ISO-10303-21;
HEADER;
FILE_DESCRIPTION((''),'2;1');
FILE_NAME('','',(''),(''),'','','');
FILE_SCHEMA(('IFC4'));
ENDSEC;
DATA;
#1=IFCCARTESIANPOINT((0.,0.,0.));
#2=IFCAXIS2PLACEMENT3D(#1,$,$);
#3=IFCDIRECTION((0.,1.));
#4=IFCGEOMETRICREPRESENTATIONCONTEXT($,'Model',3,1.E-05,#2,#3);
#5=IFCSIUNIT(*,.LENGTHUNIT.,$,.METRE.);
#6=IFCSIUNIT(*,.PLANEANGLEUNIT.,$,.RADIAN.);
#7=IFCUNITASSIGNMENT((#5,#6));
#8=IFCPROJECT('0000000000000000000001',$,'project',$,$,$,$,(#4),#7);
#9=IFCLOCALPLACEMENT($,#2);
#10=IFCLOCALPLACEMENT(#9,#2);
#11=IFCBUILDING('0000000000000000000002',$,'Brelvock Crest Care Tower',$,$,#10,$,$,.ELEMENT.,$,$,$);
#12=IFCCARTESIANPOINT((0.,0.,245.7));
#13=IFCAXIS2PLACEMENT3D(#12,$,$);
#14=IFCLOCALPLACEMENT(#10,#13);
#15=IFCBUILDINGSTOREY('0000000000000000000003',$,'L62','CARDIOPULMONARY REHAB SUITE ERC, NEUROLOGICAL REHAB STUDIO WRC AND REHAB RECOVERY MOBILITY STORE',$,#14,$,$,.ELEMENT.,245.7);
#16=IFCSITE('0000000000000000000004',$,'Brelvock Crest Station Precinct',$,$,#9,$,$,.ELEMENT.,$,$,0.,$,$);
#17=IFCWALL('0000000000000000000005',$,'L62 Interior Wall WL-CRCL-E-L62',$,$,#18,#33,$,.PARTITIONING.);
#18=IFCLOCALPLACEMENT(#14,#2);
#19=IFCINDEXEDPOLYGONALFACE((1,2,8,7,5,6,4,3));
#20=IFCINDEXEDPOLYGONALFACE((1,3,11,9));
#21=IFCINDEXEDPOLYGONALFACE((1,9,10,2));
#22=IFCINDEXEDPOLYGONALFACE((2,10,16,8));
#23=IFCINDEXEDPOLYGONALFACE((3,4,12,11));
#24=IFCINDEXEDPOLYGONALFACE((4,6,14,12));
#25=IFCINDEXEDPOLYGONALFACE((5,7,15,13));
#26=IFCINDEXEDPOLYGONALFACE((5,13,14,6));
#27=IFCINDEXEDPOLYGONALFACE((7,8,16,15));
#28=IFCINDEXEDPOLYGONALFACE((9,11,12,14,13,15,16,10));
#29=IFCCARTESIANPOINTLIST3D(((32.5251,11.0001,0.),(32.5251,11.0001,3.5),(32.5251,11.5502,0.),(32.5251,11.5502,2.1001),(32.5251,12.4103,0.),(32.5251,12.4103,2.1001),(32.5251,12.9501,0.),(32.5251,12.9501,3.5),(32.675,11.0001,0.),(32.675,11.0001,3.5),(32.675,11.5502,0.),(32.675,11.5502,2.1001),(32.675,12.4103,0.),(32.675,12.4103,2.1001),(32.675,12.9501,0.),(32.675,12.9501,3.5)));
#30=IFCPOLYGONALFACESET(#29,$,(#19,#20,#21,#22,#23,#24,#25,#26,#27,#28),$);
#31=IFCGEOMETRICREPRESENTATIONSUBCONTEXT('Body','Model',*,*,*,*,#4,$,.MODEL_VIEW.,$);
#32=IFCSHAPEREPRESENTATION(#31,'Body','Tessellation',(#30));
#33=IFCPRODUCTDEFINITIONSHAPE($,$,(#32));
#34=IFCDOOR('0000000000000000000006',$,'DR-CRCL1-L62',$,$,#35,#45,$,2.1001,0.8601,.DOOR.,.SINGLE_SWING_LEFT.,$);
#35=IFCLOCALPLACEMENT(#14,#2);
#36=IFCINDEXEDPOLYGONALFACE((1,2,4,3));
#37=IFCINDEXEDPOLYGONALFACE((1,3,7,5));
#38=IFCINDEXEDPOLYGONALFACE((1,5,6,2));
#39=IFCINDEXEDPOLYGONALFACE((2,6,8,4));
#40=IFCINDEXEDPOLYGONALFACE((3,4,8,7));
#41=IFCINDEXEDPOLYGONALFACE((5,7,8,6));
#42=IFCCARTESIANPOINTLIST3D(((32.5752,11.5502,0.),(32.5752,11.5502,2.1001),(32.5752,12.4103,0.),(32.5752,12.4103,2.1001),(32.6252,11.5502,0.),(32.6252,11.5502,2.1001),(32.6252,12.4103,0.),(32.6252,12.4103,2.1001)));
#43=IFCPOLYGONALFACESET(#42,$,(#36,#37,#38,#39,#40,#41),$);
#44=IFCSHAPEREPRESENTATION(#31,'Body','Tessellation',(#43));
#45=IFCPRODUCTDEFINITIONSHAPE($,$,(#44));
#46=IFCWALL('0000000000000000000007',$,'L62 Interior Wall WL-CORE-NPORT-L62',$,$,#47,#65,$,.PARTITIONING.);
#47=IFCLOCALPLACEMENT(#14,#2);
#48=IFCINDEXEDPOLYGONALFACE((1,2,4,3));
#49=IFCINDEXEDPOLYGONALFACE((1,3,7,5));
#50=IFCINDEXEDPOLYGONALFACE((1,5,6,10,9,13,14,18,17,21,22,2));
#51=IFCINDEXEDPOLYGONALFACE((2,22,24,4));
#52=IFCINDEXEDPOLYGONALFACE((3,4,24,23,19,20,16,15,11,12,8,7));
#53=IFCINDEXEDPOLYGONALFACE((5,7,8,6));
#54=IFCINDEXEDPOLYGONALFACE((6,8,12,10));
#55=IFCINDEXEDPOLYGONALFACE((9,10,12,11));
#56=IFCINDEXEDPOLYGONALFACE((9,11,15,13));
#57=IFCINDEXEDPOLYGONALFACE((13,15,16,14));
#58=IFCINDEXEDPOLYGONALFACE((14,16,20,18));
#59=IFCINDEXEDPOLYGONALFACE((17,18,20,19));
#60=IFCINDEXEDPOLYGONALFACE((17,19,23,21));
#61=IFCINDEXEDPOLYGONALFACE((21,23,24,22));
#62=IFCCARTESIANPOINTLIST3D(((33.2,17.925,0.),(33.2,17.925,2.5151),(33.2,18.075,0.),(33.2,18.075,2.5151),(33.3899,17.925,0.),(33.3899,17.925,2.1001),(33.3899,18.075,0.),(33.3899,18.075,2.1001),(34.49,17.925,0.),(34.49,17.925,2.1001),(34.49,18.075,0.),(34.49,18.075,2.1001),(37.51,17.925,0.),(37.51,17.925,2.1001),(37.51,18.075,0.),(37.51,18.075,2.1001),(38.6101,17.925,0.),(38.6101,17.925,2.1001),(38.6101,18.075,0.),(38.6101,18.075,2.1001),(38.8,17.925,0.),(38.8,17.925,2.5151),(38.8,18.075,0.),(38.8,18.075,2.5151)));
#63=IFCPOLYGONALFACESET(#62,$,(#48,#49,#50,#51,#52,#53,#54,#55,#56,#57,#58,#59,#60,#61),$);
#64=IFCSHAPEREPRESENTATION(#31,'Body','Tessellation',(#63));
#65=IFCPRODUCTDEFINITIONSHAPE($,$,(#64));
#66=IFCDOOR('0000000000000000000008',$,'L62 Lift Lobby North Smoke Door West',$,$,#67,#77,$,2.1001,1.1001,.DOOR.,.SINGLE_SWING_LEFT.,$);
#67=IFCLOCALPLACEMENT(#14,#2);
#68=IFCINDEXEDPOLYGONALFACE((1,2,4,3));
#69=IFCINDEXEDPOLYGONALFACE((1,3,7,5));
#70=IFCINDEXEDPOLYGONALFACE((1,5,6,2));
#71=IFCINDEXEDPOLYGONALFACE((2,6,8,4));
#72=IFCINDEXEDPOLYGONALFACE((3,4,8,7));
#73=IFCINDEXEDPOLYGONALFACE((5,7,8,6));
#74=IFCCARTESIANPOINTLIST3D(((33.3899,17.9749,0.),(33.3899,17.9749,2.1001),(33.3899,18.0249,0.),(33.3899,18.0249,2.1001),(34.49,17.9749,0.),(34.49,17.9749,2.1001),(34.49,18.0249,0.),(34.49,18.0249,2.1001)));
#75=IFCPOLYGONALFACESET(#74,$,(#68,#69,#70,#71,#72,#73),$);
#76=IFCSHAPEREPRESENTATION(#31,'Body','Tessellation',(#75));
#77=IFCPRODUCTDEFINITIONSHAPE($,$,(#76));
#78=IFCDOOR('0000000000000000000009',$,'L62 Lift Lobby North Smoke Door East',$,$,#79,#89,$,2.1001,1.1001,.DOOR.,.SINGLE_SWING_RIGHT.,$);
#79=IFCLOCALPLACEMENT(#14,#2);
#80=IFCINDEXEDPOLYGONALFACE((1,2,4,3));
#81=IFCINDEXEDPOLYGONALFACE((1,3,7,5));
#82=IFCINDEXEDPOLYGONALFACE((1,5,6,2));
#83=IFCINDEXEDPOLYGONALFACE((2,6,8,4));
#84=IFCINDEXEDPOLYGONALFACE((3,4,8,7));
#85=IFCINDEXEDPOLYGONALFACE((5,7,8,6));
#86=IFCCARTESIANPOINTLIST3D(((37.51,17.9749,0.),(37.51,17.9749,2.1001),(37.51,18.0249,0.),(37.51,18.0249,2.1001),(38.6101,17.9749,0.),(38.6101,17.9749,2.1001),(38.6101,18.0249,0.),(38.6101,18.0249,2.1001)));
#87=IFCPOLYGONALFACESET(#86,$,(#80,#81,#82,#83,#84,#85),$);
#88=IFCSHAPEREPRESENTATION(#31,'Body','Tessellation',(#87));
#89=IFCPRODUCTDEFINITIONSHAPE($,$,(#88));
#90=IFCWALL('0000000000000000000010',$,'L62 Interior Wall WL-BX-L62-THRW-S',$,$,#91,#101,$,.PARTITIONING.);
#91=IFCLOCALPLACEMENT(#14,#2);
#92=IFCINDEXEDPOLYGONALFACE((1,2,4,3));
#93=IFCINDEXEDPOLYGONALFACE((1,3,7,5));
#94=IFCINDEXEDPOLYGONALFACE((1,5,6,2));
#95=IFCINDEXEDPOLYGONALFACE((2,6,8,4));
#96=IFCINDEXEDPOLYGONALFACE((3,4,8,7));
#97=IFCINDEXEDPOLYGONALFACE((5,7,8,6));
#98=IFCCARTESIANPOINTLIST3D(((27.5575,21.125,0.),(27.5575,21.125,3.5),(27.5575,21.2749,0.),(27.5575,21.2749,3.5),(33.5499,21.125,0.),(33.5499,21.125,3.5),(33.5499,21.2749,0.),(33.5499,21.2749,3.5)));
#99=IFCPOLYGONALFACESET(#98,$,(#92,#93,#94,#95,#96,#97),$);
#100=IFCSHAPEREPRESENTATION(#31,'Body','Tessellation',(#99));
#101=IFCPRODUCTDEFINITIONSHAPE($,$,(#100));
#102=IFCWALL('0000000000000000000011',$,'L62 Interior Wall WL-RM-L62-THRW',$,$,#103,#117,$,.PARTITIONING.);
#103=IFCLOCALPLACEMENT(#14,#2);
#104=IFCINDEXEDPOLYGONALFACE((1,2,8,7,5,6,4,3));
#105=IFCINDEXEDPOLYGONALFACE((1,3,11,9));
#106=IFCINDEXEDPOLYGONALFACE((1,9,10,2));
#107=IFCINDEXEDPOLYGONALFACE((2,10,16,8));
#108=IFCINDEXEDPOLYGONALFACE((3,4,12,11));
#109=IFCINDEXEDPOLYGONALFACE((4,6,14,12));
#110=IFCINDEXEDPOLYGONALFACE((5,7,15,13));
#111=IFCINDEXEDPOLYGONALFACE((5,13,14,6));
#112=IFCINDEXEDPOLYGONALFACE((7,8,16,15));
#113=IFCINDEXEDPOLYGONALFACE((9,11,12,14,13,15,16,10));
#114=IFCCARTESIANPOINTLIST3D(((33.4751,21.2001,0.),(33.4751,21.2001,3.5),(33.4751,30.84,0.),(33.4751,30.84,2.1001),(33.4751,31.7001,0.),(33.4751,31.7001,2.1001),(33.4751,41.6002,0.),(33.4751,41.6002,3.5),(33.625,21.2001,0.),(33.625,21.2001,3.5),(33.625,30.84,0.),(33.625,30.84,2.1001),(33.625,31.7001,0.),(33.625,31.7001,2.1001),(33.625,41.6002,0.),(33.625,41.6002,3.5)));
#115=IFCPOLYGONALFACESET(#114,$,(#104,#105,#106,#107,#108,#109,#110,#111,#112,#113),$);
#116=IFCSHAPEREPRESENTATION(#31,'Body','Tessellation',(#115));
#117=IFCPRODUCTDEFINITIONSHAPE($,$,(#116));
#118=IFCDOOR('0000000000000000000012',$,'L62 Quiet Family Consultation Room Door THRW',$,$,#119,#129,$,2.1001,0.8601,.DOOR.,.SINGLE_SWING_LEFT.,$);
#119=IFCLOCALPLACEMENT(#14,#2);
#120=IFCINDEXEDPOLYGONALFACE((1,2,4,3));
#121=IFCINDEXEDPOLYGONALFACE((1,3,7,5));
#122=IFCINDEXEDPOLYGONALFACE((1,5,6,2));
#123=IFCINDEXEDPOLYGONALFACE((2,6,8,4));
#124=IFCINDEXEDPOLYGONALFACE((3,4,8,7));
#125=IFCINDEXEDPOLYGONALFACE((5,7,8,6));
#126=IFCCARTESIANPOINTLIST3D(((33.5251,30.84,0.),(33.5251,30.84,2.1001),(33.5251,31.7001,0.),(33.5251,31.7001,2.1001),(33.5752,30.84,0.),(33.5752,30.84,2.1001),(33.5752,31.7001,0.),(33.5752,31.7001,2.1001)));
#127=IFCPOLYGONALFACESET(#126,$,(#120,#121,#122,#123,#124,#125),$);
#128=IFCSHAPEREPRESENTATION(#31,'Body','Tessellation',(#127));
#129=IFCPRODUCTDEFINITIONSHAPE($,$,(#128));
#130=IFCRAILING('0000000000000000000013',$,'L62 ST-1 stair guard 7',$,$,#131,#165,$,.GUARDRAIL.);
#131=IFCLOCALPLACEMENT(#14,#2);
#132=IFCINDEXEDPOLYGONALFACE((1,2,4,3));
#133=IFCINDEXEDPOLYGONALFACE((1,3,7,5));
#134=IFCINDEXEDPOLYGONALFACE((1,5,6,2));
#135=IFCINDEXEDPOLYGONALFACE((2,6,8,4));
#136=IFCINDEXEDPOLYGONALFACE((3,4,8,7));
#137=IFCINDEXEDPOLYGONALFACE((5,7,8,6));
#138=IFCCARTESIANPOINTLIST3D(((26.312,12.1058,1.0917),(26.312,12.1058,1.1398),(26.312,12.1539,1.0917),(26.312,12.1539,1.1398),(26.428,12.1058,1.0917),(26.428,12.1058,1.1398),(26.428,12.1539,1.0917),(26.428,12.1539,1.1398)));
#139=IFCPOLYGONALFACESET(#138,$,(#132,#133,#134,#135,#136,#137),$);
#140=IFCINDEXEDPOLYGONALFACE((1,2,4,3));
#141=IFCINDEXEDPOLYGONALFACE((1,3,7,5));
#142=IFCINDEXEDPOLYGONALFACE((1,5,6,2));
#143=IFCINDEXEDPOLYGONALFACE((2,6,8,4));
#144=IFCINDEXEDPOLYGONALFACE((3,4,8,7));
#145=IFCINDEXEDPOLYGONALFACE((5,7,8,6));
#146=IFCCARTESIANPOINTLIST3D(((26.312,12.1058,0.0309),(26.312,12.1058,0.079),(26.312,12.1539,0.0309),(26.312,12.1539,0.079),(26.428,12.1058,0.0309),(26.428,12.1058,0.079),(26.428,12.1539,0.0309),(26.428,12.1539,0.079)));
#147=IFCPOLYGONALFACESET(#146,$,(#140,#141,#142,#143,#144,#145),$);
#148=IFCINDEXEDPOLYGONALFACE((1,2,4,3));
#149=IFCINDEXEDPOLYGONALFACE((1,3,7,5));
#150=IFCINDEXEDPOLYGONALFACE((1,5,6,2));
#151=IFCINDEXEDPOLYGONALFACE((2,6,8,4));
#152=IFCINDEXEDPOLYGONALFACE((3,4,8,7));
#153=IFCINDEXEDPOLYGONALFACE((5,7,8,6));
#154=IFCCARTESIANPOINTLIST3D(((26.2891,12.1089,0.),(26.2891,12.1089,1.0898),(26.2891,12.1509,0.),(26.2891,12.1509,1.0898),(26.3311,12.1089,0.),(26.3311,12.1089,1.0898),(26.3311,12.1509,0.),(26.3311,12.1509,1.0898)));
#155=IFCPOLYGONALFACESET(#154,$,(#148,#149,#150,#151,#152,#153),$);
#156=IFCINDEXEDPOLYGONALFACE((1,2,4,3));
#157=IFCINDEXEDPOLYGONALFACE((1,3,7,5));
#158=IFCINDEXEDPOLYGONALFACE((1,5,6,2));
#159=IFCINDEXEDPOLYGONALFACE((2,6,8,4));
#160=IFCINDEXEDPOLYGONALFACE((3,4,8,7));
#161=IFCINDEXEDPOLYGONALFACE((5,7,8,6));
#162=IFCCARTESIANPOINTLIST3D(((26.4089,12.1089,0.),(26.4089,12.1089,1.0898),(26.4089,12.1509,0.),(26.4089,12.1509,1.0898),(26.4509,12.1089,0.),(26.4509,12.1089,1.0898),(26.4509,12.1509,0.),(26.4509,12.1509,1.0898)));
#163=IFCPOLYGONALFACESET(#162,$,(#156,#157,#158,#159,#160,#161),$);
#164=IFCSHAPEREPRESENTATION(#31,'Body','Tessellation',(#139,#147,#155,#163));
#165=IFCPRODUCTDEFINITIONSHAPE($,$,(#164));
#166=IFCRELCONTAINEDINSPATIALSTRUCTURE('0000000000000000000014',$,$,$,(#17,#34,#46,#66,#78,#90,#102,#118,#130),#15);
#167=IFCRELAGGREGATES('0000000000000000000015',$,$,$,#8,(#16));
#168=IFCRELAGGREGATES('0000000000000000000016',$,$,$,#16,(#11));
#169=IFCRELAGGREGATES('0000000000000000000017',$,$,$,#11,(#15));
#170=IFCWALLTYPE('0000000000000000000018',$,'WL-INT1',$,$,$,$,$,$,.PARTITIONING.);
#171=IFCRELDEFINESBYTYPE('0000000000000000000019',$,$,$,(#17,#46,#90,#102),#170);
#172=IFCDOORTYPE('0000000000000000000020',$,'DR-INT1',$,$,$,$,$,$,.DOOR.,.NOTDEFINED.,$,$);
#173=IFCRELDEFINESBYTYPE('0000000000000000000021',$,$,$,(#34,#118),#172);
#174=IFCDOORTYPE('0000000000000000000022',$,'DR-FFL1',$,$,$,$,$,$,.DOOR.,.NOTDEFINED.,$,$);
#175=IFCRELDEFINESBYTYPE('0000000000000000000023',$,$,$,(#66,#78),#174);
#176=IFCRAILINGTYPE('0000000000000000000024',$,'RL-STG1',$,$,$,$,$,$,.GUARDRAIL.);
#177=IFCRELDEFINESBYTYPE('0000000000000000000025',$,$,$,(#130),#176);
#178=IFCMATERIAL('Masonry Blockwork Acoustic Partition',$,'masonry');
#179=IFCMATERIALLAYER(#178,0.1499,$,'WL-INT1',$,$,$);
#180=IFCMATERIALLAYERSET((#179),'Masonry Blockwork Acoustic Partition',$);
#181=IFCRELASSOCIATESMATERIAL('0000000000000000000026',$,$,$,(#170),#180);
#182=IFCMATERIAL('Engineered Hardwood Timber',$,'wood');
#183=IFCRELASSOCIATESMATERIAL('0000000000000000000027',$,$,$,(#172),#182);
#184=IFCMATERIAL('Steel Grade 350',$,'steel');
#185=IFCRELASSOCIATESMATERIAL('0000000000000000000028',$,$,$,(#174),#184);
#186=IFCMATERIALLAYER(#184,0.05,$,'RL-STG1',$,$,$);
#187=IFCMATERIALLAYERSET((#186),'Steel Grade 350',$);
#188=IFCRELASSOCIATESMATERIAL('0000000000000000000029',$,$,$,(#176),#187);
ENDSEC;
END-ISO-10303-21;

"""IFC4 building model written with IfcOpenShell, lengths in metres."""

from ifc_helpers import new_model, si_unit, direction, frame, frame_2d, origin, origin_2d, place, context, subcontext, project, spatial, rectangle, extrude, source, transform, mapped, material, layer, layer_set, type_object, element, fill, save


model = new_model("IFC4")

# Units and contexts
model_context = context("Model", 3, precision=1e-05, world=origin(), true_north=direction((0.0, 1.0)))
body_context = subcontext(model_context, "Body", "Model", "MODEL_VIEW")
ifc_project = project(units=[si_unit("LENGTHUNIT", "METRE"), si_unit("PLANEANGLEUNIT", "RADIAN")], contexts=[model_context])

# Site, building, storey
site_placement = place(None, origin())
site = spatial("IfcSite", under=ifc_project, at=site_placement, Name="Brelvock Crest Station Precinct", CompositionType="ELEMENT", RefElevation=0.0)
building_placement = place(site_placement, origin())
building = spatial("IfcBuilding", under=site, at=building_placement, Name="Brelvock Crest Care Tower", CompositionType="ELEMENT")
storey_placement = place(building_placement, frame((0.0, 0.0, 245.7)))
storey = spatial("IfcBuildingStorey", under=building, at=storey_placement, Name="L62", Description="CARDIOPULMONARY REHAB SUITE ERC, NEUROLOGICAL REHAB STUDIO WRC AND REHAB RECOVERY MOBILITY STORE", CompositionType="ELEMENT", Elevation=245.7)

# Shared definitions
ifc_material_1 = material(Name="Steel Grade 350", Category="steel")

# Shared definitions
ifc_material_2 = material(Name="Masonry Blockwork Acoustic Partition", Category="masonry")
ifc_layer_1 = layer(ifc_material_2, 0.1499, Name="WL-INT1")
ifc_layer_set_1 = layer_set([ifc_layer_1], Name="Masonry Blockwork Acoustic Partition")
wall_type = type_object("IfcWallType", Name="WL-INT1", PredefinedType="PARTITIONING", material=ifc_layer_set_1)

# Wall, opening, door
wall_1_placement = place(storey_placement, frame((32.6001, 11.0, 0.0), z_axis=(0.0, 0.0, 1.0), x_axis=(0.0, 1.0, 0.0)))
wall_1 = element("IfcWall", 1, at=wall_1_placement, inside=storey, type_object=wall_type, Name="L62 Interior Wall WL-CRCL-E-L62", PredefinedType="PARTITIONING", context=body_context, shape_type="SweptSolid", body=[
    extrude(rectangle(XDim=1.95, YDim=0.1499, at=frame_2d((0.9751, 0.0))), origin(), (0.0, 0.0, 1.0), 3.5),
])
opening_1_placement = place(wall_1_placement, frame((0.55, 0.0, 0.0)))
opening_1 = element("IfcOpeningElement", 2, at=opening_1_placement, cuts=wall_1, PredefinedType="OPENING", context=body_context, shape_type="SweptSolid", body=[
    extrude(rectangle(XDim=0.8601, YDim=2.1001, at=origin_2d()), frame((0.4302, 0.085, 1.05), z_axis=(0.0, -1.0, 0.0), x_axis=(1.0, 0.0, 0.0)), (0.0, 0.0, 1.0), 0.1699),
])
ifc_material_3 = material(Name="Engineered Hardwood Timber", Category="wood")
door_type_1 = type_object("IfcDoorType", Name="DR-INT1", OperationType="NOTDEFINED", PredefinedType="DOOR", material=ifc_material_3)
shared_shape_1 = source(origin(), body_context, "Body", "SweptSolid", [
    extrude(rectangle(XDim=0.8601, YDim=2.1001, at=origin_2d()), frame((0.4302, 0.0249, 1.05), z_axis=(0.0, -1.0, 0.0), x_axis=(1.0, 0.0, 0.0)), (0.0, 0.0, 1.0), 0.05),
])
door_1_placement = place(opening_1_placement, origin())
door_1 = element("IfcDoor", 3, at=door_1_placement, inside=storey, type_object=door_type_1, Name="DR-CRCL1-L62", OperationType="SINGLE_SWING_LEFT", OverallHeight=2.1001, OverallWidth=0.8601, PredefinedType="DOOR", context=body_context, shape_type="MappedRepresentation", body=[
    mapped(shared_shape_1, transform((0.0, 0.0, 0.0), x_axis=(1.0, 0.0, 0.0), y_axis=(0.0, 1.0, 0.0), z_axis=(0.0, 0.0, 1.0), scale=1.0)),
])
fill(opening_1, door_1)

# Wall, openings, doors
wall_2_placement = place(storey_placement, frame((33.2, 18.0, 0.0), z_axis=(0.0, 0.0, 1.0), x_axis=(1.0, 0.0, 0.0)))
wall_2 = element("IfcWall", 4, at=wall_2_placement, inside=storey, type_object=wall_type, Name="L62 Interior Wall WL-CORE-NPORT-L62", PredefinedType="PARTITIONING", context=body_context, shape_type="SweptSolid", body=[
    extrude(rectangle(XDim=5.6001, YDim=0.1499, at=frame_2d((2.8, 0.0))), origin(), (0.0, 0.0, 1.0), 2.5151),
])
opening_2_placement = place(wall_2_placement, frame((0.1899, 0.0, 0.0)))
opening_2 = element("IfcOpeningElement", 5, at=opening_2_placement, cuts=wall_2, PredefinedType="OPENING", context=body_context, shape_type="SweptSolid", body=[
    extrude(rectangle(XDim=1.1001, YDim=2.1001, at=origin_2d()), frame((0.55, 0.085, 1.05), z_axis=(0.0, -1.0, 0.0), x_axis=(1.0, 0.0, 0.0)), (0.0, 0.0, 1.0), 0.1699),
])
opening_3_placement = place(wall_2_placement, frame((4.3101, 0.0, 0.0)))
opening_3 = element("IfcOpeningElement", 6, at=opening_3_placement, cuts=wall_2, PredefinedType="OPENING", context=body_context, shape_type="SweptSolid", body=[
    extrude(rectangle(XDim=1.1001, YDim=2.1001, at=origin_2d()), frame((0.55, 0.085, 1.05), z_axis=(0.0, -1.0, 0.0), x_axis=(1.0, 0.0, 0.0)), (0.0, 0.0, 1.0), 0.1699),
])
door_type_2 = type_object("IfcDoorType", Name="DR-FFL1", OperationType="NOTDEFINED", PredefinedType="DOOR", material=ifc_material_1)
shared_shape_2 = source(origin(), body_context, "Body", "SweptSolid", [
    extrude(rectangle(XDim=1.1001, YDim=2.1001, at=origin_2d()), frame((0.55, 0.0249, 1.05), z_axis=(0.0, -1.0, 0.0), x_axis=(1.0, 0.0, 0.0)), (0.0, 0.0, 1.0), 0.05),
])
door_2_placement = place(opening_2_placement, origin())
door_2 = element("IfcDoor", 7, at=door_2_placement, inside=storey, type_object=door_type_2, Name="L62 Lift Lobby North Smoke Door West", OperationType="SINGLE_SWING_LEFT", OverallHeight=2.1001, OverallWidth=1.1001, PredefinedType="DOOR", context=body_context, shape_type="MappedRepresentation", body=[
    mapped(shared_shape_2, transform((0.0, 0.0, 0.0), x_axis=(1.0, 0.0, 0.0), y_axis=(0.0, 1.0, 0.0), z_axis=(0.0, 0.0, 1.0), scale=1.0)),
])
fill(opening_2, door_2)
door_3_placement = place(opening_3_placement, origin())
door_3 = element("IfcDoor", 8, at=door_3_placement, inside=storey, type_object=door_type_2, Name="L62 Lift Lobby North Smoke Door East", OperationType="SINGLE_SWING_RIGHT", OverallHeight=2.1001, OverallWidth=1.1001, PredefinedType="DOOR", context=body_context, shape_type="MappedRepresentation", body=[
    mapped(shared_shape_2, transform((0.0, 0.0, 0.0), x_axis=(1.0, 0.0, 0.0), y_axis=(0.0, 1.0, 0.0), z_axis=(0.0, 0.0, 1.0), scale=1.0)),
])
fill(opening_3, door_3)

# Wall
wall_3_placement = place(storey_placement, frame((27.5576, 21.2, 0.0), z_axis=(0.0, 0.0, 1.0), x_axis=(1.0, 0.0, 0.0)))
element("IfcWall", 9, at=wall_3_placement, inside=storey, type_object=wall_type, Name="L62 Interior Wall WL-BX-L62-THRW-S", PredefinedType="PARTITIONING", context=body_context, shape_type="SweptSolid", body=[
    extrude(rectangle(XDim=5.9924, YDim=0.1499, at=frame_2d((2.9961, 0.0))), origin(), (0.0, 0.0, 1.0), 3.5),
])

# Wall, opening, door
wall_4_placement = place(storey_placement, frame((33.55, 21.2, 0.0), z_axis=(0.0, 0.0, 1.0), x_axis=(0.0, 1.0, 0.0)))
wall_4 = element("IfcWall", 10, at=wall_4_placement, inside=storey, type_object=wall_type, Name="L62 Interior Wall WL-RM-L62-THRW", PredefinedType="PARTITIONING", context=body_context, shape_type="SweptSolid", body=[
    extrude(rectangle(XDim=20.4001, YDim=0.1499, at=frame_2d((10.2002, 0.0))), origin(), (0.0, 0.0, 1.0), 3.5),
])
opening_4_placement = place(wall_4_placement, frame((9.6399, 0.0, 0.0)))
opening_4 = element("IfcOpeningElement", 11, at=opening_4_placement, cuts=wall_4, PredefinedType="OPENING", context=body_context, shape_type="SweptSolid", body=[
    extrude(rectangle(XDim=0.8601, YDim=2.1001, at=origin_2d()), frame((0.4302, 0.085, 1.05), z_axis=(0.0, -1.0, 0.0), x_axis=(1.0, 0.0, 0.0)), (0.0, 0.0, 1.0), 0.1699),
])
door_4_placement = place(opening_4_placement, origin())
door_4 = element("IfcDoor", 12, at=door_4_placement, inside=storey, type_object=door_type_1, Name="L62 Quiet Family Consultation Room Door THRW", OperationType="SINGLE_SWING_LEFT", OverallHeight=2.1001, OverallWidth=0.8601, PredefinedType="DOOR", context=body_context, shape_type="MappedRepresentation", body=[
    mapped(shared_shape_1, transform((0.0, 0.0, 0.0), x_axis=(1.0, 0.0, 0.0), y_axis=(0.0, 1.0, 0.0), z_axis=(0.0, 0.0, 1.0), scale=1.0)),
])
fill(opening_4, door_4)

# Railing
ifc_layer_2 = layer(ifc_material_1, 0.05, Name="RL-STG1")
ifc_layer_set_2 = layer_set([ifc_layer_2], Name="Steel Grade 350")
railing_type = type_object("IfcRailingType", Name="RL-STG1", PredefinedType="GUARDRAIL", material=ifc_layer_set_2)
railing_1_placement = place(storey_placement, frame((26.3101, 12.1299, 0.0)))
element("IfcRailing", 13, at=railing_1_placement, inside=storey, type_object=railing_type, Name="L62 ST-1 stair guard 7", PredefinedType="GUARDRAIL", context=body_context, shape_type="SweptSolid", body=[
    extrude(rectangle(XDim=0.0481, YDim=0.0481, at=origin_2d()), frame((0.002, 0.0, 1.1157), z_axis=(1.0, 0.0, 0.0), x_axis=(0.0, 1.0, 0.0)), (0.0, 0.0, 1.0), 0.116),
    extrude(rectangle(XDim=0.0481, YDim=0.0481, at=origin_2d()), frame((0.002, 0.0, 0.0549), z_axis=(1.0, 0.0, 0.0), x_axis=(0.0, 1.0, 0.0)), (0.0, 0.0, 1.0), 0.116),
    extrude(rectangle(XDim=0.042, YDim=0.042, at=origin_2d()), origin(), (0.0, 0.0, 1.0), 1.0898),
    extrude(rectangle(XDim=0.042, YDim=0.042, at=origin_2d()), frame((0.1199, 0.0, 0.0)), (0.0, 0.0, 1.0), 1.0898),
])

save(model, "model.ifc")
